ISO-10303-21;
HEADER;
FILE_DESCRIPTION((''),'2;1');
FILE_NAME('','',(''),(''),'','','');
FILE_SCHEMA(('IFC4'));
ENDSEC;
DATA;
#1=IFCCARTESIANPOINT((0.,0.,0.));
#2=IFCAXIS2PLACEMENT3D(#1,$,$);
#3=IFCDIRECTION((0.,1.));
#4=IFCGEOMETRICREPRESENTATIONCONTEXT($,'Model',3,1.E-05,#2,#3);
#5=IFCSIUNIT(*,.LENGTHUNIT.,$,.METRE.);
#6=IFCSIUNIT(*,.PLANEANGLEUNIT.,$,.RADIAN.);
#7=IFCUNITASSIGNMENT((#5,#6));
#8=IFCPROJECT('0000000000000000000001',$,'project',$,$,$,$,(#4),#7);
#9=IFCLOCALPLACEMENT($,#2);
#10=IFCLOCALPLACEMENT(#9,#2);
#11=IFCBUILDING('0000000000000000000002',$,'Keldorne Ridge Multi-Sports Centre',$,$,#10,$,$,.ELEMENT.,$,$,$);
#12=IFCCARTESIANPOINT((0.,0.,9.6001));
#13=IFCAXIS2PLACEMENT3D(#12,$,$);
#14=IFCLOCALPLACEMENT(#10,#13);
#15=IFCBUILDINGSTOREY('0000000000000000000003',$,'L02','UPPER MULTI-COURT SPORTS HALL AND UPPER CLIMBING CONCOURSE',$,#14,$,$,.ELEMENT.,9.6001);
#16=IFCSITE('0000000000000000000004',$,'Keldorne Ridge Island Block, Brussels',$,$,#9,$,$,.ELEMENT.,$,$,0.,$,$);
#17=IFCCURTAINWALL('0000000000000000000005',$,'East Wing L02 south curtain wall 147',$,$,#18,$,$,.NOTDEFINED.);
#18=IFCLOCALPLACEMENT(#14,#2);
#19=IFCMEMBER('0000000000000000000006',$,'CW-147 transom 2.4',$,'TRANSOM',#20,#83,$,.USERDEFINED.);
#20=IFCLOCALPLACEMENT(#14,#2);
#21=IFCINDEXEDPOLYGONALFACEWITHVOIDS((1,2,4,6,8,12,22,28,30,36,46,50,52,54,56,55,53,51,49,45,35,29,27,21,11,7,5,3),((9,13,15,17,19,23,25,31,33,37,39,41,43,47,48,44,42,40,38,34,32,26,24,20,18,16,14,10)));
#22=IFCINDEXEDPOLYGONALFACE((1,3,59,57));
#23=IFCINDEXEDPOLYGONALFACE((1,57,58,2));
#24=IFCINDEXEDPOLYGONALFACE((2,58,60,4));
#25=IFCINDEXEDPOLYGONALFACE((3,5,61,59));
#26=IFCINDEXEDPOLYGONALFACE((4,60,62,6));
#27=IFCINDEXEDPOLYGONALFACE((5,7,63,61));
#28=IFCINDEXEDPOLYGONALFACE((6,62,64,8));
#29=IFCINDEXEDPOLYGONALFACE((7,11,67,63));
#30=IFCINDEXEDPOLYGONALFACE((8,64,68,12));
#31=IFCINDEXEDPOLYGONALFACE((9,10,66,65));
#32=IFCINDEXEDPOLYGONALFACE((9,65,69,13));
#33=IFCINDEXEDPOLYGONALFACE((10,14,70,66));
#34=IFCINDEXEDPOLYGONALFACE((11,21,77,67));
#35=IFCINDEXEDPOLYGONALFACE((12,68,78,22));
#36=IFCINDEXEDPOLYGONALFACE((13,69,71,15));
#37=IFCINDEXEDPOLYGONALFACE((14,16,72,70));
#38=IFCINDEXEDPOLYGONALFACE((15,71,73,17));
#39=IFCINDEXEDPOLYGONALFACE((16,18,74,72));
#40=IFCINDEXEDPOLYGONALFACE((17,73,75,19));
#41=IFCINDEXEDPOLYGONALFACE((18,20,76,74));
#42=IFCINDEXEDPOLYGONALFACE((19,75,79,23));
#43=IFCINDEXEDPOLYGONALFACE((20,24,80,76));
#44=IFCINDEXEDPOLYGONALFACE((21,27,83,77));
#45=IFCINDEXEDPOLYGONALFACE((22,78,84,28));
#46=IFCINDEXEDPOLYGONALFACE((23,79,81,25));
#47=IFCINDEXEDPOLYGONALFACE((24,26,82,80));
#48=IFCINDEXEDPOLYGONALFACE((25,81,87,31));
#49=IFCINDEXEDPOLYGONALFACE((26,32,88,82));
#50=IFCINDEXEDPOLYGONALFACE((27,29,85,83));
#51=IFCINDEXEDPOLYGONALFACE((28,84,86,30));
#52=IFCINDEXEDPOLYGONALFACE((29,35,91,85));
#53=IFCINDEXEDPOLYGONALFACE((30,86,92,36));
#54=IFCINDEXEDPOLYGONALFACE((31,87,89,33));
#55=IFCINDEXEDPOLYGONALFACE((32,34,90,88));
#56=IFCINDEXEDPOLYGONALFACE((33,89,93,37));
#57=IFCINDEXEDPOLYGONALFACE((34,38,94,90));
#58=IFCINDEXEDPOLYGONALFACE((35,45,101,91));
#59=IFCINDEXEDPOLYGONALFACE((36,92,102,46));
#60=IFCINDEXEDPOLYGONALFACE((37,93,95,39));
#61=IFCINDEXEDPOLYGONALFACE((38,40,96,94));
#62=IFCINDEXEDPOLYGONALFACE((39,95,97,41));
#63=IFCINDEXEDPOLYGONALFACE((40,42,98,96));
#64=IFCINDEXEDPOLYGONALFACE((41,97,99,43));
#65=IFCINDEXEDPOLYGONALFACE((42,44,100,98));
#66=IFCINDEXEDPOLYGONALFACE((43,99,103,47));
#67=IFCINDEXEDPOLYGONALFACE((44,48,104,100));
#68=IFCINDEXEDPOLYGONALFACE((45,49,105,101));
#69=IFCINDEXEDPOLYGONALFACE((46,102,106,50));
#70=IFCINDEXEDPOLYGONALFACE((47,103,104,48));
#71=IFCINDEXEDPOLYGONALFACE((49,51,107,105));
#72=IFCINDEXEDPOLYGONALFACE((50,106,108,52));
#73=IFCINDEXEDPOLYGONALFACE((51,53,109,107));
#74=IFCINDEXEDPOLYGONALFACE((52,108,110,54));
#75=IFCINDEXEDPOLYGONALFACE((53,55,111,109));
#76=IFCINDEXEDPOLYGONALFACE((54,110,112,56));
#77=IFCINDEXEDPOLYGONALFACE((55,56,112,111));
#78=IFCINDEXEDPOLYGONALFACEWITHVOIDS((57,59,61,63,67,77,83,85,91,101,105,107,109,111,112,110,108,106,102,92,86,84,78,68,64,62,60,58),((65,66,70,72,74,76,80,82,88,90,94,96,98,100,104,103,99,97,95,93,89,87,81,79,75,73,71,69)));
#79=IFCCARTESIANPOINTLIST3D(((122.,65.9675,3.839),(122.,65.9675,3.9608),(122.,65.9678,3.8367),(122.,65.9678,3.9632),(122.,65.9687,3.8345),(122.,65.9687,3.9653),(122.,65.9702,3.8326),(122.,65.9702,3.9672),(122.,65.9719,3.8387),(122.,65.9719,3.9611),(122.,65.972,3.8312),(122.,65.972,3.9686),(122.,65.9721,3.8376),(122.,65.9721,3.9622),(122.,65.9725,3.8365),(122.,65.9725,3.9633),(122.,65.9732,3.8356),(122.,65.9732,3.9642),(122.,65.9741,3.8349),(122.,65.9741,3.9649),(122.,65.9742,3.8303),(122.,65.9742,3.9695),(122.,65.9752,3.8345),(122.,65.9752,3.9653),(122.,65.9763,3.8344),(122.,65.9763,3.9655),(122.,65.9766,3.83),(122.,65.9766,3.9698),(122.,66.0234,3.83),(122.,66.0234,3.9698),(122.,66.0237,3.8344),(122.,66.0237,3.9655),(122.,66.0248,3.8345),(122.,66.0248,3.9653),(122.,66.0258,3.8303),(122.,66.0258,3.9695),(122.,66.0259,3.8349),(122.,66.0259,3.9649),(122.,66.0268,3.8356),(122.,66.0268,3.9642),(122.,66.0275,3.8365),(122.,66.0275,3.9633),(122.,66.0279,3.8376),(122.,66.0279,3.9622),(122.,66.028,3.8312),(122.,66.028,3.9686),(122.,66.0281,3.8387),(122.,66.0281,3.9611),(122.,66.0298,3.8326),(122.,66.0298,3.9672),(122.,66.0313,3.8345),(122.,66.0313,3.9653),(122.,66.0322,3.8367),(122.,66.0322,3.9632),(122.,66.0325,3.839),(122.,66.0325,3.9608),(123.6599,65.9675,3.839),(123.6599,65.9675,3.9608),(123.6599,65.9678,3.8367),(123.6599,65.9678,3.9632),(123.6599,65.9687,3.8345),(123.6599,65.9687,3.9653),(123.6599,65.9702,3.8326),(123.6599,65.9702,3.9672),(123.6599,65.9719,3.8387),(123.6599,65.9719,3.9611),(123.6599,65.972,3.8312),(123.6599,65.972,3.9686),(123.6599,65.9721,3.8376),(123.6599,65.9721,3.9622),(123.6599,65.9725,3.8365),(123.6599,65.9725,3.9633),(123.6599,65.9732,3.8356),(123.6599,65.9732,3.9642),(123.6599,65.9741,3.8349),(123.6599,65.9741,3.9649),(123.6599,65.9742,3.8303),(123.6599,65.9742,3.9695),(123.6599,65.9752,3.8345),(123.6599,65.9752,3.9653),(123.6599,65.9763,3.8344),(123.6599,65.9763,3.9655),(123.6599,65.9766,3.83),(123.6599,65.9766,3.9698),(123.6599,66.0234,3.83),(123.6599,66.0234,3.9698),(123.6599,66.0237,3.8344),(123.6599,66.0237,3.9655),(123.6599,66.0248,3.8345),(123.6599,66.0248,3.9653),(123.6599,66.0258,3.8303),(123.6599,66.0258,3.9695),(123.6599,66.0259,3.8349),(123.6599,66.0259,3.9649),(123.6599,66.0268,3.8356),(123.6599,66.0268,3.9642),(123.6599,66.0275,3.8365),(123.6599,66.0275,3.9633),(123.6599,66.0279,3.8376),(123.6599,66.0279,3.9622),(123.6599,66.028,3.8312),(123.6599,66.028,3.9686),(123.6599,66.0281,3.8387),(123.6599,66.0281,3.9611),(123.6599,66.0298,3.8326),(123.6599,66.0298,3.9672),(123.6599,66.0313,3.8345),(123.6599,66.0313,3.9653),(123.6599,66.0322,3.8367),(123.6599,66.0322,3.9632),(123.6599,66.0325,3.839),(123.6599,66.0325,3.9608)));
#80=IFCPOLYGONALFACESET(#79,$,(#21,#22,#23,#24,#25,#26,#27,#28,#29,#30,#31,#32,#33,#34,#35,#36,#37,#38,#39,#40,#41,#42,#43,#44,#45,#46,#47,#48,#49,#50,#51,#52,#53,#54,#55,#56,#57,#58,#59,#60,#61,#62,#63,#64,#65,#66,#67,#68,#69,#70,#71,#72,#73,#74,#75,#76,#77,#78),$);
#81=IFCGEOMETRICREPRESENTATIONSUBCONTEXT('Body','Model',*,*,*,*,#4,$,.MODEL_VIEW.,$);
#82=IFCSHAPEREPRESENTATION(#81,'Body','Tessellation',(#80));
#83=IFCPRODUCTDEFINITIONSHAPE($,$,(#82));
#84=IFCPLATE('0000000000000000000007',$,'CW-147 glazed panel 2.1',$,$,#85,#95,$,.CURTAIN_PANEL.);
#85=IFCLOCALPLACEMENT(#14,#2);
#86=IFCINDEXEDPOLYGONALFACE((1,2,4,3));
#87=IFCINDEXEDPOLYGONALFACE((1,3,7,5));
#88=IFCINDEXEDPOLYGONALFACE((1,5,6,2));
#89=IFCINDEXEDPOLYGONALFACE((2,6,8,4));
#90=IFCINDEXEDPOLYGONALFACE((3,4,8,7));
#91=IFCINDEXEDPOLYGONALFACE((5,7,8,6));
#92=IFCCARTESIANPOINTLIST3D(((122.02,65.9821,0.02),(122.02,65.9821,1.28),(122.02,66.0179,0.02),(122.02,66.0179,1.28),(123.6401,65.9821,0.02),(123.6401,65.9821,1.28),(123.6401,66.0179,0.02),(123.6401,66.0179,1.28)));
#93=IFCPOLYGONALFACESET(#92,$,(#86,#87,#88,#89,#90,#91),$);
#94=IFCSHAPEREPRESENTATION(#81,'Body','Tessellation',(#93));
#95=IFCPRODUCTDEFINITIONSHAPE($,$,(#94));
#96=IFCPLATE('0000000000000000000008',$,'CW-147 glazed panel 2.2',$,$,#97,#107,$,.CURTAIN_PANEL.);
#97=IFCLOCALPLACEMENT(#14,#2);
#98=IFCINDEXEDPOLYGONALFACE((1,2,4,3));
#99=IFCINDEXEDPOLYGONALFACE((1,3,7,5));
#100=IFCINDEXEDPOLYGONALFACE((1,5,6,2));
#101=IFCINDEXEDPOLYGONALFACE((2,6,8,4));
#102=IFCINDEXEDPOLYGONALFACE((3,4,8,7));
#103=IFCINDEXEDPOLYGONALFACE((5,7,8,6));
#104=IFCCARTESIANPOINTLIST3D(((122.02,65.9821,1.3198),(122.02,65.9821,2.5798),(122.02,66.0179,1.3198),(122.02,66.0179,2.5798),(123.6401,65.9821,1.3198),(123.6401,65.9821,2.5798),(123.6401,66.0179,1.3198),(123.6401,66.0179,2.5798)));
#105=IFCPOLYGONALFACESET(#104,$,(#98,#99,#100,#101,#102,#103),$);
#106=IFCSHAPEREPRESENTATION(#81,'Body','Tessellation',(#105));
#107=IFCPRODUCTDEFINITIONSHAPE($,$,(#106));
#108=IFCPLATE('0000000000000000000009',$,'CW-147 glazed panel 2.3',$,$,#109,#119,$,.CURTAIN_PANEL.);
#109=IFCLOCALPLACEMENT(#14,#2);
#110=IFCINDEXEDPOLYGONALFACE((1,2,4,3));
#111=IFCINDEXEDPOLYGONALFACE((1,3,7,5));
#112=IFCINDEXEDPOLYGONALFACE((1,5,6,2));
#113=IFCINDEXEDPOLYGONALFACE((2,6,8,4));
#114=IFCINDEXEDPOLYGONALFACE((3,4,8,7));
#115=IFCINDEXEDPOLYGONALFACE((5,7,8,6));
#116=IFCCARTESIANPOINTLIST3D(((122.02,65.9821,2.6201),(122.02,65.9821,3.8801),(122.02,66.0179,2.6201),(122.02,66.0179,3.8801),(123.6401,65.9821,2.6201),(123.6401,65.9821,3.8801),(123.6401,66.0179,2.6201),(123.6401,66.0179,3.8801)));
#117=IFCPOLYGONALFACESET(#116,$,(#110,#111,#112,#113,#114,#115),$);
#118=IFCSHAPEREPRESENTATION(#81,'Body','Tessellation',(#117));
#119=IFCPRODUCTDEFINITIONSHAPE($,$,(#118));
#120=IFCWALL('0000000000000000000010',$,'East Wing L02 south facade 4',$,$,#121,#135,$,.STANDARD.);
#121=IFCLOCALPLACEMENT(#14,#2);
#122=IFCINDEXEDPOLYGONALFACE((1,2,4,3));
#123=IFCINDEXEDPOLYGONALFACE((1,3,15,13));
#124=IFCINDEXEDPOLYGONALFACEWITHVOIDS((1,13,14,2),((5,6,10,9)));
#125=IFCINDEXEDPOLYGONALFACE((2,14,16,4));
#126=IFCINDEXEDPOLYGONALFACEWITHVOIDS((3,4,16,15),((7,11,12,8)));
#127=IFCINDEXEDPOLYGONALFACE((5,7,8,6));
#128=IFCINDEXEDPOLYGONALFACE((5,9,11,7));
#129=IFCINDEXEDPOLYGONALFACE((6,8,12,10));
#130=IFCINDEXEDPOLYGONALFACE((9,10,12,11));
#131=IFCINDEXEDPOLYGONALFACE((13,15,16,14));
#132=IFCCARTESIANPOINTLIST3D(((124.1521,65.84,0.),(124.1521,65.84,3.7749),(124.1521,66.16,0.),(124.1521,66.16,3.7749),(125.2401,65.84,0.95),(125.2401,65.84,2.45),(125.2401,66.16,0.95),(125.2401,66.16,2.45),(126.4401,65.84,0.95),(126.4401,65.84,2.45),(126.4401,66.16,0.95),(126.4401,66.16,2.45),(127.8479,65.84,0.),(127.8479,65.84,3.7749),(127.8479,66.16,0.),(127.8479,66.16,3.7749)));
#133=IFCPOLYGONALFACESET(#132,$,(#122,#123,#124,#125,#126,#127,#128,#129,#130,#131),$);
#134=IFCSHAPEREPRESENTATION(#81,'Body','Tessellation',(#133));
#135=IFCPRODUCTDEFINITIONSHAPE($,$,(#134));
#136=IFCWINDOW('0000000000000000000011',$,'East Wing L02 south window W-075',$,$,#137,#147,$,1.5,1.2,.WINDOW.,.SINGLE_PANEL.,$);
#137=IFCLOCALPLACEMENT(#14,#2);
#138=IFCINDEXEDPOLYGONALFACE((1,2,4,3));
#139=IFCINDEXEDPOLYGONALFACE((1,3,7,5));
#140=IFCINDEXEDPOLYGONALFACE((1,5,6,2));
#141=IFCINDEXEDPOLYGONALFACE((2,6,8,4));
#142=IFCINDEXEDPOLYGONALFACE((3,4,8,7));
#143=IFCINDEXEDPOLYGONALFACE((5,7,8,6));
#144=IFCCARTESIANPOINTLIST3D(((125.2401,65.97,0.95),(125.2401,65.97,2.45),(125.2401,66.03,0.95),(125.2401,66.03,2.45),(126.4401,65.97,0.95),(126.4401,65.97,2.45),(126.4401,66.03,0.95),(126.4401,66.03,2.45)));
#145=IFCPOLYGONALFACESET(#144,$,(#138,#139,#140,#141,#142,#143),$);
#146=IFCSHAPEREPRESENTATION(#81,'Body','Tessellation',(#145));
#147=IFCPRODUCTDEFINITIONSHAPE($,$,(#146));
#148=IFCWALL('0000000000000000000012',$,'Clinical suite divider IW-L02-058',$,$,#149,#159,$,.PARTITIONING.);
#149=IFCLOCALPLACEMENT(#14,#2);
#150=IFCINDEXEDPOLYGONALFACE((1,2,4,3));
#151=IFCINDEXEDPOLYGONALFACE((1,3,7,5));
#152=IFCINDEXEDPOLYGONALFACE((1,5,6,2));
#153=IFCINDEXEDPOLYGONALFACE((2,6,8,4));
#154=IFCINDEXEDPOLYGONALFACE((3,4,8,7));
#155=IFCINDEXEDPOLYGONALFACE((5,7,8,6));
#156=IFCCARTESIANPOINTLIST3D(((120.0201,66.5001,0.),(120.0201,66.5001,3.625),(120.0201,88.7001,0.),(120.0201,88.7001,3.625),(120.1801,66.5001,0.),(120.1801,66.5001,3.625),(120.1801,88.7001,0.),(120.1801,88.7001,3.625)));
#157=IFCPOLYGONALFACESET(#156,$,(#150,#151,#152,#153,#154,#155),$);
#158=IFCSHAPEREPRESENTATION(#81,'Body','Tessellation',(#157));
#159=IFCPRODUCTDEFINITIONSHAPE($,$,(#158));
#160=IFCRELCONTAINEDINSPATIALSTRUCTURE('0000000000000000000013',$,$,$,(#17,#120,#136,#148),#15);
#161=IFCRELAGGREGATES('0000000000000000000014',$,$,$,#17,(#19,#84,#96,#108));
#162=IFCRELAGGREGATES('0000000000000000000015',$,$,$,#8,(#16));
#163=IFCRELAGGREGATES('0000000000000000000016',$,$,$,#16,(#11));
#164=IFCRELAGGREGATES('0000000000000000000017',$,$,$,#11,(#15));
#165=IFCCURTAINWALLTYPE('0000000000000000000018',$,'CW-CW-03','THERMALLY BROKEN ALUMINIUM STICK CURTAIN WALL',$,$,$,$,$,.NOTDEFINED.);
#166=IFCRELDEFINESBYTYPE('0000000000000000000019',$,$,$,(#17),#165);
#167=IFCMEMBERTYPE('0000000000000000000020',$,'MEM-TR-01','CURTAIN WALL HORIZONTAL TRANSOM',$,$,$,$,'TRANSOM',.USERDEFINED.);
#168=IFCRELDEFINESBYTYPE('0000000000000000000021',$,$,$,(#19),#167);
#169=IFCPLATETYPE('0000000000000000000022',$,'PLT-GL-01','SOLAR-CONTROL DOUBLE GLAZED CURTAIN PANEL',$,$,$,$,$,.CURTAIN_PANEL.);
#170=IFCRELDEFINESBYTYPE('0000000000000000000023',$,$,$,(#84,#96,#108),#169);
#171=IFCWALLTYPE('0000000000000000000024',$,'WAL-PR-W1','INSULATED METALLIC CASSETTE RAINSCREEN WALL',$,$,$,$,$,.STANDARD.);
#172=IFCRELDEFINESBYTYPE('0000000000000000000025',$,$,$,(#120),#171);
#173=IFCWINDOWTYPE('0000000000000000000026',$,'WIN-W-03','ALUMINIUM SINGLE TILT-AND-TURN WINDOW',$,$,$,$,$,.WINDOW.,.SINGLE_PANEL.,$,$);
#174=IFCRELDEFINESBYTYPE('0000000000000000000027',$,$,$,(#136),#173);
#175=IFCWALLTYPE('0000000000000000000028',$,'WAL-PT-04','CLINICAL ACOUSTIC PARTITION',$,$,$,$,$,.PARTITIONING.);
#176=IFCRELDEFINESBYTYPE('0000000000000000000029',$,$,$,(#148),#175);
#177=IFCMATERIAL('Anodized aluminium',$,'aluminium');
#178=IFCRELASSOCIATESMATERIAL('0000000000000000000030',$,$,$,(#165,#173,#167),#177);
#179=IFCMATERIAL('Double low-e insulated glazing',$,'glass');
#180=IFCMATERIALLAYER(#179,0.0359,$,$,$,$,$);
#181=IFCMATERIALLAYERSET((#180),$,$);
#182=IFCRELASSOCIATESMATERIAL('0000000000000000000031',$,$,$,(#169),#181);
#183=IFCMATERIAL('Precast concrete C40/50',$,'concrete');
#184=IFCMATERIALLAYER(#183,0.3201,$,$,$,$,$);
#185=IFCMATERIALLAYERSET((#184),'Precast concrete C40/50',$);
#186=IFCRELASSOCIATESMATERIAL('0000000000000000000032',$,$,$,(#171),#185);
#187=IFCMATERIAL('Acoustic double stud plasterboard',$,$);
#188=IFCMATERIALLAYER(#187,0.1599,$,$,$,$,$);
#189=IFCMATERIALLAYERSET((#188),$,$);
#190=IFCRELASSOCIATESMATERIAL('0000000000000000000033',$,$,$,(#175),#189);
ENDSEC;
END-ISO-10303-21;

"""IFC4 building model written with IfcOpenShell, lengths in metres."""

from ifc_helpers import new_model, si_unit, direction, frame, frame_2d, origin, origin_2d, place, context, subcontext, project, spatial, rectangle, hollow_rectangle, extrude, material, layer, layer_set, material_profile, profile_set, type_object, element, fill, aggregate, save


model = new_model("IFC4")

# Units and contexts
model_context = context("Model", 3, precision=1e-05, world=origin(), true_north=direction((0.0, 1.0)))
body_context = subcontext(model_context, "Body", "Model", "MODEL_VIEW")
ifc_project = project(units=[si_unit("LENGTHUNIT", "METRE"), si_unit("PLANEANGLEUNIT", "RADIAN")], contexts=[model_context])

# Site, building, storey
site_placement = place(None, origin())
site = spatial("IfcSite", under=ifc_project, at=site_placement, Name="Keldorne Ridge Island Block, Brussels", CompositionType="ELEMENT", RefElevation=0.0)
building_placement = place(site_placement, origin())
building = spatial("IfcBuilding", under=site, at=building_placement, Name="Keldorne Ridge Multi-Sports Centre", CompositionType="ELEMENT")
storey_placement = place(building_placement, frame((0.0, 0.0, 9.6001)))
storey = spatial("IfcBuildingStorey", under=building, at=storey_placement, Name="L02", Description="UPPER MULTI-COURT SPORTS HALL AND UPPER CLIMBING CONCOURSE", CompositionType="ELEMENT", Elevation=9.6001)

# Curtain wall, member, plates
ifc_material_1 = material(Name="Anodized aluminium", Category="aluminium")
curtain_wall_type = type_object("IfcCurtainWallType", Name="CW-CW-03", Description="THERMALLY BROKEN ALUMINIUM STICK CURTAIN WALL", PredefinedType="NOTDEFINED", material=ifc_material_1)
curtain_wall_placement = place(storey_placement, origin())
curtain_wall = element("IfcCurtainWall", 1, at=curtain_wall_placement, inside=storey, type_object=curtain_wall_type, Name="East Wing L02 south curtain wall 147", PredefinedType="NOTDEFINED")
ifc_material_profile_1 = material_profile(ifc_material_1, hollow_rectangle(XDim=0.0649, YDim=0.1399, WallThickness=0.0044, InnerFilletRadius=0.0044, OuterFilletRadius=0.009, at=origin_2d()), Name="ALU TRANSOM 140x65x4.5")
ifc_profile_set_1 = profile_set([ifc_material_profile_1], Name="Anodized aluminium")
member_type_1 = type_object("IfcMemberType", Name="MEM-TR-01", Description="CURTAIN WALL HORIZONTAL TRANSOM", ElementType="TRANSOM", PredefinedType="USERDEFINED", material=ifc_profile_set_1)
member_1_placement = place(storey_placement, frame((122.0, 66.0, 3.8999), z_axis=(1.0, 0.0, 0.0), x_axis=(0.0, 1.0, 0.0)))
member_1 = element("IfcMember", 2, at=member_1_placement, type_object=member_type_1, Name="CW-147 transom 2.4", ObjectType="TRANSOM", PredefinedType="USERDEFINED", context=body_context, shape_type="SweptSolid", body=[
    extrude(hollow_rectangle(XDim=0.0649, YDim=0.1399, WallThickness=0.0044, InnerFilletRadius=0.0044, OuterFilletRadius=0.009, at=origin_2d()), origin(), (0.0, 0.0, 1.0), 1.6599),
])
ifc_material_2 = material(Name="Double low-e insulated glazing", Category="glass")
ifc_layer_1 = layer(ifc_material_2, 0.0359)
ifc_layer_set_1 = layer_set([ifc_layer_1])
plate_type = type_object("IfcPlateType", Name="PLT-GL-01", Description="SOLAR-CONTROL DOUBLE GLAZED CURTAIN PANEL", PredefinedType="CURTAIN_PANEL", material=ifc_layer_set_1)
plate_1_placement = place(storey_placement, frame((122.8301, 66.0, 0.02), z_axis=(0.0, 0.0, 1.0), x_axis=(1.0, 0.0, 0.0)))
plate_1 = element("IfcPlate", 3, at=plate_1_placement, type_object=plate_type, Name="CW-147 glazed panel 2.1", PredefinedType="CURTAIN_PANEL", context=body_context, shape_type="SweptSolid", body=[
    extrude(rectangle(XDim=1.6201, YDim=0.0359, at=origin_2d()), origin(), (0.0, 0.0, 1.0), 1.26),
])
plate_2_placement = place(storey_placement, frame((122.8301, 66.0, 1.3198), z_axis=(0.0, 0.0, 1.0), x_axis=(1.0, 0.0, 0.0)))
plate_2 = element("IfcPlate", 4, at=plate_2_placement, type_object=plate_type, Name="CW-147 glazed panel 2.2", PredefinedType="CURTAIN_PANEL", context=body_context, shape_type="SweptSolid", body=[
    extrude(rectangle(XDim=1.6201, YDim=0.0359, at=origin_2d()), origin(), (0.0, 0.0, 1.0), 1.26),
])
plate_3_placement = place(storey_placement, frame((122.8301, 66.0, 2.6201), z_axis=(0.0, 0.0, 1.0), x_axis=(1.0, 0.0, 0.0)))
plate_3 = element("IfcPlate", 5, at=plate_3_placement, type_object=plate_type, Name="CW-147 glazed panel 2.3", PredefinedType="CURTAIN_PANEL", context=body_context, shape_type="SweptSolid", body=[
    extrude(rectangle(XDim=1.6201, YDim=0.0359, at=origin_2d()), origin(), (0.0, 0.0, 1.0), 1.26),
])
aggregate(curtain_wall, [member_1, plate_1, plate_2, plate_3])

# Wall, opening, window
ifc_material_3 = material(Name="Precast concrete C40/50", Category="concrete")
ifc_layer_2 = layer(ifc_material_3, 0.3201)
ifc_layer_set_2 = layer_set([ifc_layer_2], Name="Precast concrete C40/50")
wall_type_1 = type_object("IfcWallType", Name="WAL-PR-W1", Description="INSULATED METALLIC CASSETTE RAINSCREEN WALL", PredefinedType="STANDARD", material=ifc_layer_set_2)
wall_1_placement = place(storey_placement, frame((124.1521, 66.0, 0.0), z_axis=(0.0, 0.0, 1.0), x_axis=(1.0, 0.0, 0.0)))
wall_1 = element("IfcWall", 6, at=wall_1_placement, inside=storey, type_object=wall_type_1, Name="East Wing L02 south facade 4", PredefinedType="STANDARD", context=body_context, shape_type="SweptSolid", body=[
    extrude(rectangle(XDim=3.6958, YDim=0.3201, at=frame_2d((1.8479, 0.0))), origin(), (0.0, 0.0, 1.0), 3.7749),
])
opening_placement = place(wall_1_placement, frame((1.0879, 0.0, 0.95)))
opening = element("IfcOpeningElement", 7, at=opening_placement, cuts=wall_1, PredefinedType="OPENING", context=body_context, shape_type="SweptSolid", body=[
    extrude(rectangle(XDim=1.2, YDim=1.5, at=frame_2d((0.6001, 0.75))), frame((0.0, 0.1699, 0.0), z_axis=(0.0, -1.0, 0.0), x_axis=(1.0, 0.0, 0.0)), (0.0, 0.0, 1.0), 0.3401),
])
window_type = type_object("IfcWindowType", Name="WIN-W-03", Description="ALUMINIUM SINGLE TILT-AND-TURN WINDOW", PartitioningType="SINGLE_PANEL", PredefinedType="WINDOW", material=ifc_material_1)
window_placement = place(opening_placement, origin())
window = element("IfcWindow", 8, at=window_placement, inside=storey, type_object=window_type, Name="East Wing L02 south window W-075", OverallHeight=1.5, OverallWidth=1.2, PartitioningType="SINGLE_PANEL", PredefinedType="WINDOW", context=body_context, shape_type="SweptSolid", body=[
    extrude(rectangle(XDim=1.2, YDim=1.5, at=frame_2d((0.6001, 0.75))), frame((0.0, 0.03, 0.0), z_axis=(0.0, -1.0, 0.0), x_axis=(1.0, 0.0, 0.0)), (0.0, 0.0, 1.0), 0.0601),
])
fill(opening, window)

# Wall
ifc_material_4 = material(Name="Acoustic double stud plasterboard")
ifc_layer_3 = layer(ifc_material_4, 0.1599)
ifc_layer_set_3 = layer_set([ifc_layer_3])
wall_type_2 = type_object("IfcWallType", Name="WAL-PT-04", Description="CLINICAL ACOUSTIC PARTITION", PredefinedType="PARTITIONING", material=ifc_layer_set_3)
wall_2_placement = place(storey_placement, frame((120.1001, 66.5, 0.0), z_axis=(0.0, 0.0, 1.0), x_axis=(0.0, 1.0, 0.0)))
element("IfcWall", 9, at=wall_2_placement, inside=storey, type_object=wall_type_2, Name="Clinical suite divider IW-L02-058", PredefinedType="PARTITIONING", context=body_context, shape_type="SweptSolid", body=[
    extrude(rectangle(XDim=22.2, YDim=0.1599, at=frame_2d((11.1001, 0.0))), origin(), (0.0, 0.0, 1.0), 3.625),
])

save(model, "model.ifc")
